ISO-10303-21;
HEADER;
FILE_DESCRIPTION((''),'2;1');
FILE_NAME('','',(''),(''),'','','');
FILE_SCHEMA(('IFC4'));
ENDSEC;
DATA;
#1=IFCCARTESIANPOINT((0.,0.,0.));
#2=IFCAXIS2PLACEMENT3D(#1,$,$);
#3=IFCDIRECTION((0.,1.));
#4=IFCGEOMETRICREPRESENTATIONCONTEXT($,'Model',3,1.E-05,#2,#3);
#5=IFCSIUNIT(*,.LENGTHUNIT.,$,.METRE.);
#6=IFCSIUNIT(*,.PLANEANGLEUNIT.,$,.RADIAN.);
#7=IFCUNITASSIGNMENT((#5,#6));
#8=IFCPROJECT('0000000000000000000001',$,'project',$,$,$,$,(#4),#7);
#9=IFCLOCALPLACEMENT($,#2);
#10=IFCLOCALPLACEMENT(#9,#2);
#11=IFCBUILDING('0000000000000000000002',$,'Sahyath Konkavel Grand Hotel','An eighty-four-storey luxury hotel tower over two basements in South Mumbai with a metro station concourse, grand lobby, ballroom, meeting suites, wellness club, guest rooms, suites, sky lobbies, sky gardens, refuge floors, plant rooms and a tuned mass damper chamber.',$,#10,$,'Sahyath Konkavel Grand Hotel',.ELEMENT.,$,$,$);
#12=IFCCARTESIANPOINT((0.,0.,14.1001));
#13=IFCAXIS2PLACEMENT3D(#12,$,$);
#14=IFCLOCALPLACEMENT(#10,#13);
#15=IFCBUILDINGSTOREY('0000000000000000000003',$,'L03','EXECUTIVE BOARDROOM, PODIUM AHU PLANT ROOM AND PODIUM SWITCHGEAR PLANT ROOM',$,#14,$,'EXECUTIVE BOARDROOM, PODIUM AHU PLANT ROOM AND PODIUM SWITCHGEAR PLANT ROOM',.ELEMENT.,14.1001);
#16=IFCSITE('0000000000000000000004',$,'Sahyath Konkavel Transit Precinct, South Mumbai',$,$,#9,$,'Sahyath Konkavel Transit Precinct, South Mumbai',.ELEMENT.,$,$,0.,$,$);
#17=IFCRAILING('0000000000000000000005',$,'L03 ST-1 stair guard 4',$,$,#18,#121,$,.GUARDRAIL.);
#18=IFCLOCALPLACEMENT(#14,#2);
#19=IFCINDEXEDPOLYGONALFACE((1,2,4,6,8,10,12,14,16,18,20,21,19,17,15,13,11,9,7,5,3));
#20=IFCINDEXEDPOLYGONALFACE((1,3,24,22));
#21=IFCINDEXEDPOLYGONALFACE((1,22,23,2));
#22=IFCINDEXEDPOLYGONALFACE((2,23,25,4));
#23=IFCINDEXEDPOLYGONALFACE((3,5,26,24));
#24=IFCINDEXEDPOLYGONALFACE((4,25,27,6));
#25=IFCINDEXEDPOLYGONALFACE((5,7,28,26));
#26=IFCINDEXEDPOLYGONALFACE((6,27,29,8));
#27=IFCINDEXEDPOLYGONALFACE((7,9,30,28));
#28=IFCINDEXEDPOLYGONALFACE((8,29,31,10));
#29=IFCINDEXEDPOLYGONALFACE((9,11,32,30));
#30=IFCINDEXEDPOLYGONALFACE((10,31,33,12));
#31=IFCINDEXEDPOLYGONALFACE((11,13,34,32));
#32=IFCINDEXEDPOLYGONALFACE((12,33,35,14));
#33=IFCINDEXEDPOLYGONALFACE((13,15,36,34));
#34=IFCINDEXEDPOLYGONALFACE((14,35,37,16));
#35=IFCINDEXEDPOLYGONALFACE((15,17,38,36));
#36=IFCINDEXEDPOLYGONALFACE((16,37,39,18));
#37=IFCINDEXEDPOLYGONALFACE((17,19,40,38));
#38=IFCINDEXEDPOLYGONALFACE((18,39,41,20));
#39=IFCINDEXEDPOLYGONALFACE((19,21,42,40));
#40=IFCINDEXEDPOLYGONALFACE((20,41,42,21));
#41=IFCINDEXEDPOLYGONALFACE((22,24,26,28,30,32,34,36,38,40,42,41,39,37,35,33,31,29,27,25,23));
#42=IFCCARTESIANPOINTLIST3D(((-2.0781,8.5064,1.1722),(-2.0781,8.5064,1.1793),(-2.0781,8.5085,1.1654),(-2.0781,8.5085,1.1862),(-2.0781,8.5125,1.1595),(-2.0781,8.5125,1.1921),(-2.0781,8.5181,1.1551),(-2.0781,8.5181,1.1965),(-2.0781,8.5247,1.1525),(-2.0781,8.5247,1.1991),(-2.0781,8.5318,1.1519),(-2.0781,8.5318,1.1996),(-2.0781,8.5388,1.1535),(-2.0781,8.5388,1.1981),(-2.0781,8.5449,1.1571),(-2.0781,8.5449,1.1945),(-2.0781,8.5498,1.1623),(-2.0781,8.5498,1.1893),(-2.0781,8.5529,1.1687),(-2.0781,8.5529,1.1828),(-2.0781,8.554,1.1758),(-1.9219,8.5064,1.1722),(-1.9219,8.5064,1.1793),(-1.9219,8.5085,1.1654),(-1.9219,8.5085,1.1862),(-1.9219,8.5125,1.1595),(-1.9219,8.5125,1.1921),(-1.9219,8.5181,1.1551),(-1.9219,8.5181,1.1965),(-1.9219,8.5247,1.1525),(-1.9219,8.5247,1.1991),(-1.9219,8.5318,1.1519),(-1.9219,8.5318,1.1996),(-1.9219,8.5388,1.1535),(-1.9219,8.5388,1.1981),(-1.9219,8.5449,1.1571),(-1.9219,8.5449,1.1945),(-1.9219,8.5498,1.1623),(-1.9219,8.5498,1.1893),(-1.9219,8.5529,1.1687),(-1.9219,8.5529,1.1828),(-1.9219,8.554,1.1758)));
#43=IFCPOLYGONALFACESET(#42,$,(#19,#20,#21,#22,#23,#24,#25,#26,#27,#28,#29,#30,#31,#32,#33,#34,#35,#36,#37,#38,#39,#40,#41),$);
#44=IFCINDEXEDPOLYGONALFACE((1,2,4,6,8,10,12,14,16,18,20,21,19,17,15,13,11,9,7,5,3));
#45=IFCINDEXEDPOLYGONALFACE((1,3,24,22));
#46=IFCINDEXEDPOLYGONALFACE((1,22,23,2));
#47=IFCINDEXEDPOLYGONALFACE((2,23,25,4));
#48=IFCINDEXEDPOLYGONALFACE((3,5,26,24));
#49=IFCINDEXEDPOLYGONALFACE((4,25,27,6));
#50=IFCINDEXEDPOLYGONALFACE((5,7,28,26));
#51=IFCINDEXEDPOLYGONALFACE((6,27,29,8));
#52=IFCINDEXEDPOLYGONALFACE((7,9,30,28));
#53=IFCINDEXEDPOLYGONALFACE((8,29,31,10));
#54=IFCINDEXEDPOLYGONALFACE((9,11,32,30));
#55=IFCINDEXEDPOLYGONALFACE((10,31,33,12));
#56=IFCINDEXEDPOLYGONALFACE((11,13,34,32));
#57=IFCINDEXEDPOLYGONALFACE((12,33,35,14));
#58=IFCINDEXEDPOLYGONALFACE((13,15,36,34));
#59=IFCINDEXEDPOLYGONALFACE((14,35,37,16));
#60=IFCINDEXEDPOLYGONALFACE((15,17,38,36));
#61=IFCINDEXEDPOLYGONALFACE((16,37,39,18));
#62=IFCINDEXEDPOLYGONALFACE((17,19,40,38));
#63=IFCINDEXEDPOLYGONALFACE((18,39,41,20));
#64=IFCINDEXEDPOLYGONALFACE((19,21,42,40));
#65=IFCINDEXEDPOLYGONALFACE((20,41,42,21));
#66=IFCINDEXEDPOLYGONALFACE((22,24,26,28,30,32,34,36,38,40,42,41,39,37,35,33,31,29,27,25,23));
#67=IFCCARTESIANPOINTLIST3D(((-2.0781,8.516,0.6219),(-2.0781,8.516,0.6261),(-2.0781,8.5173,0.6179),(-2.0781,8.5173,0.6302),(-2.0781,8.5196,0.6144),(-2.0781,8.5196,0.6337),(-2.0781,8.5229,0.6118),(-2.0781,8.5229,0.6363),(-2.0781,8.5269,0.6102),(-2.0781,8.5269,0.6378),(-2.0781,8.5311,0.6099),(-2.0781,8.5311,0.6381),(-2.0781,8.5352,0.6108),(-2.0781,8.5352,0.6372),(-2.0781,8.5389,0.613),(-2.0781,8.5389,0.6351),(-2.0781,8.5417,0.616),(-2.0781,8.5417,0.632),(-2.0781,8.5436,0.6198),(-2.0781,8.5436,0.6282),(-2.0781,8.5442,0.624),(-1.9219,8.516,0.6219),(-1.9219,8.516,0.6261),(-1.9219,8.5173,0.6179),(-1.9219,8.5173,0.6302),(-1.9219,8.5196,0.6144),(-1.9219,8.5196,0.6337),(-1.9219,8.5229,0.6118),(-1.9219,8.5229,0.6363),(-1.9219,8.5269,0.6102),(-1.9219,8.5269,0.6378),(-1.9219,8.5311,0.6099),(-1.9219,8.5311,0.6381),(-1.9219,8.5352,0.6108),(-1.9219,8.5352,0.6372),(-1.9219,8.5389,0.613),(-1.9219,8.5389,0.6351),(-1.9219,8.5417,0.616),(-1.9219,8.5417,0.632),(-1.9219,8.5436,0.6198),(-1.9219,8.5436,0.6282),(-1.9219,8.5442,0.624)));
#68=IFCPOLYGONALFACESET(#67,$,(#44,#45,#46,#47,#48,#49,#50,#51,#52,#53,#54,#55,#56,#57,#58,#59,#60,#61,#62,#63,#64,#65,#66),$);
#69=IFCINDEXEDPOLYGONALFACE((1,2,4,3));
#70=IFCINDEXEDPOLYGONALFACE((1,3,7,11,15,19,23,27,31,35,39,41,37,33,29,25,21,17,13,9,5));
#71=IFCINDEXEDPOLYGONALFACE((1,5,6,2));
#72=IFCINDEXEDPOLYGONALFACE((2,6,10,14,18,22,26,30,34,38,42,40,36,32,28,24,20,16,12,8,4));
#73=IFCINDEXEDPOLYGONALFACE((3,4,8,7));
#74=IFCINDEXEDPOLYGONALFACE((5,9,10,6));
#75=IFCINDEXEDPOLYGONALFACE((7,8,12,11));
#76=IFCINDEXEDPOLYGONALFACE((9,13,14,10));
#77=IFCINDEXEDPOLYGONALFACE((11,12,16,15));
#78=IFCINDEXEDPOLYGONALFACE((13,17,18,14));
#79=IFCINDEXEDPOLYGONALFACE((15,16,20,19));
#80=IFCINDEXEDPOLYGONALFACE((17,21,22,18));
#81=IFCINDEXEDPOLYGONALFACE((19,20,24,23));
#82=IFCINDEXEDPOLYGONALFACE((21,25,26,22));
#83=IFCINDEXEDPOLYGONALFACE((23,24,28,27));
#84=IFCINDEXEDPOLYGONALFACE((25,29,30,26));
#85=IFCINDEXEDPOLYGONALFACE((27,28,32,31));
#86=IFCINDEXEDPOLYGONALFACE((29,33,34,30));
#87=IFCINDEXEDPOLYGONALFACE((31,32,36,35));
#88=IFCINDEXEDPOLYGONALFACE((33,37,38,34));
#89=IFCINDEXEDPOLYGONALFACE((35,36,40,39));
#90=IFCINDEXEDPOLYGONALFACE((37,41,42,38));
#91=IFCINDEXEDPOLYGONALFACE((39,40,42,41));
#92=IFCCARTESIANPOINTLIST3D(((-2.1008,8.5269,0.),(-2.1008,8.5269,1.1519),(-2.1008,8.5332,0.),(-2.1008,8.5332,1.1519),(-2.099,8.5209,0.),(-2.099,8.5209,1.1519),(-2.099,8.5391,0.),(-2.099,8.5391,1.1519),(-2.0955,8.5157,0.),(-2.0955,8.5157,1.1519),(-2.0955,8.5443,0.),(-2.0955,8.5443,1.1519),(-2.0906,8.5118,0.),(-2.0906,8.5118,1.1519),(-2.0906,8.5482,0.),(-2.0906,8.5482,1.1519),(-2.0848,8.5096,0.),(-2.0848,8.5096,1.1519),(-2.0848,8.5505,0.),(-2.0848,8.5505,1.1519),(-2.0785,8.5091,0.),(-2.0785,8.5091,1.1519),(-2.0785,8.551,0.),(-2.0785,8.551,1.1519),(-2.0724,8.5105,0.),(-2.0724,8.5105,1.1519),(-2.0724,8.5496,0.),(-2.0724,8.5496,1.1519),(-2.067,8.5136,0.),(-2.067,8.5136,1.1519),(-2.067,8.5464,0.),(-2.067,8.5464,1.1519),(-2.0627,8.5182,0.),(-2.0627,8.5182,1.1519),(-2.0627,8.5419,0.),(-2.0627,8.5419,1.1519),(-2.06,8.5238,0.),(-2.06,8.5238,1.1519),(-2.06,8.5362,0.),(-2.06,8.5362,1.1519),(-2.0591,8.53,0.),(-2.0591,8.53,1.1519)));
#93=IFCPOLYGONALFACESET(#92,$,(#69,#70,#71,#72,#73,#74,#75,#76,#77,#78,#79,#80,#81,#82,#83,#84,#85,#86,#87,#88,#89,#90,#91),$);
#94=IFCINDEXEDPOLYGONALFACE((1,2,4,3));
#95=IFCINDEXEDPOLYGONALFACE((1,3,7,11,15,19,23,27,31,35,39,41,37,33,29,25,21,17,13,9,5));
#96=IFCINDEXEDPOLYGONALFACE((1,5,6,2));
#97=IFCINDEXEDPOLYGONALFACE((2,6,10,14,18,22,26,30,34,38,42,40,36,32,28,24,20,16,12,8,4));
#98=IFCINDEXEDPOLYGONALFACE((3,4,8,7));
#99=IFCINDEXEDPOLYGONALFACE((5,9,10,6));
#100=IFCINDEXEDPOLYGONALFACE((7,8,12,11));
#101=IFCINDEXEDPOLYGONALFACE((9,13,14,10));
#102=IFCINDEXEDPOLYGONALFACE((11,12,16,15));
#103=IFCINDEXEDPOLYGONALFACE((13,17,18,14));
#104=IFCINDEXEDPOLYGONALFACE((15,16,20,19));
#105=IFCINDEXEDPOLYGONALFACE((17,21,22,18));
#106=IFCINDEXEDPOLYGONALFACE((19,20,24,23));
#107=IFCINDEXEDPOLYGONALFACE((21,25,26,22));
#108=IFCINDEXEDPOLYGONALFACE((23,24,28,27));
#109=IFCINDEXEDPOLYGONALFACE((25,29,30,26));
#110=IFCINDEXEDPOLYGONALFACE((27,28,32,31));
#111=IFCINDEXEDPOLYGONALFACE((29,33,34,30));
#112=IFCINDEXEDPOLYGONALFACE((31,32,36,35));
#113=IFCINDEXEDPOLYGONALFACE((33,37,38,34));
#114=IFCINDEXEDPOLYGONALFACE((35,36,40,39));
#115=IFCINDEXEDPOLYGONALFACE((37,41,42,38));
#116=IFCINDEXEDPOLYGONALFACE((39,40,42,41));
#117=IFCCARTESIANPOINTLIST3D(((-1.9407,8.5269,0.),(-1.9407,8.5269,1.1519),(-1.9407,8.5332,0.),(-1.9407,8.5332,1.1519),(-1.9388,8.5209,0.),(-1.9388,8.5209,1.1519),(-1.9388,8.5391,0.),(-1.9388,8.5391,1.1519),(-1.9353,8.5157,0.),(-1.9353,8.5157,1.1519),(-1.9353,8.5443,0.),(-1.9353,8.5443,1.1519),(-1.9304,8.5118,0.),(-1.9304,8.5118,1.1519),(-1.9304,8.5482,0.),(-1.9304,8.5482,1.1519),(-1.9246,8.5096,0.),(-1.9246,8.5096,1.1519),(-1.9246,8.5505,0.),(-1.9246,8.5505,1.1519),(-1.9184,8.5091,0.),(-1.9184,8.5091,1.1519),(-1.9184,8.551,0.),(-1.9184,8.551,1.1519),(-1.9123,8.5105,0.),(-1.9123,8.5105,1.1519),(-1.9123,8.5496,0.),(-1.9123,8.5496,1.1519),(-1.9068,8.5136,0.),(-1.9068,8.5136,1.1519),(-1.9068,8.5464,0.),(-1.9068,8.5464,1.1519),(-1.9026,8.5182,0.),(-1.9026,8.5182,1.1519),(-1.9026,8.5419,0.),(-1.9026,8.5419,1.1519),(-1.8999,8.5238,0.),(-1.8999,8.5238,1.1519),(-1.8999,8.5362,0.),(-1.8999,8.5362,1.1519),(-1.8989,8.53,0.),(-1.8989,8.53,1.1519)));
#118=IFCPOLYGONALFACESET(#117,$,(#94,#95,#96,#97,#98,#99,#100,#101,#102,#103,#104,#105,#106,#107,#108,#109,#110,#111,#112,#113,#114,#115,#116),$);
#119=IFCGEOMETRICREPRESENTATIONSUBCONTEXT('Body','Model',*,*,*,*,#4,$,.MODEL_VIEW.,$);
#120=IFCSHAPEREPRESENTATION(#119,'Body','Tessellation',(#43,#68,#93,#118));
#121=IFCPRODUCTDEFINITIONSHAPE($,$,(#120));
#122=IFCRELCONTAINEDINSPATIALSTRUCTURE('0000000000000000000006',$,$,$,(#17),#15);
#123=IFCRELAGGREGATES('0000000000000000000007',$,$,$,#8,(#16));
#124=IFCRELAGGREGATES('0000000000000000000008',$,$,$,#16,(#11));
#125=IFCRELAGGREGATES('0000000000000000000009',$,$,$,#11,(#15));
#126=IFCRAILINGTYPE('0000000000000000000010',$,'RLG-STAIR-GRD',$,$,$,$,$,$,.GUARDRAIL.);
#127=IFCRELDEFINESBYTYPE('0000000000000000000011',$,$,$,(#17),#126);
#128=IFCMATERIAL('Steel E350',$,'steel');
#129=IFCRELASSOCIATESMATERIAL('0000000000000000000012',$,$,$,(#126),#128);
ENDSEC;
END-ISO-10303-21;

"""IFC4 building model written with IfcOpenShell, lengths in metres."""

from ifc_helpers import new_model, si_unit, direction, frame, origin, origin_2d, place, context, subcontext, project, spatial, circle, extrude, material, type_object, element, save


model = new_model("IFC4")

# Units and contexts
model_context = context("Model", 3, precision=1e-05, world=origin(), true_north=direction((0.0, 1.0)))
body_context = subcontext(model_context, "Body", "Model", "MODEL_VIEW")
ifc_project = project(units=[si_unit("LENGTHUNIT", "METRE"), si_unit("PLANEANGLEUNIT", "RADIAN")], contexts=[model_context])

# Site, building, storey
site_placement = place(None, origin())
site = spatial("IfcSite", under=ifc_project, at=site_placement, Name="Sahyath Konkavel Transit Precinct, South Mumbai", LongName="Sahyath Konkavel Transit Precinct, South Mumbai", CompositionType="ELEMENT", RefElevation=0.0)
building_placement = place(site_placement, origin())
building = spatial("IfcBuilding", under=site, at=building_placement, Name="Sahyath Konkavel Grand Hotel", Description="An eighty-four-storey luxury hotel tower over two basements in South Mumbai with a metro station concourse, grand lobby, ballroom, meeting suites, wellness club, guest rooms, suites, sky lobbies, sky gardens, refuge floors, plant rooms and a tuned mass damper chamber.", LongName="Sahyath Konkavel Grand Hotel", CompositionType="ELEMENT")
storey_placement = place(building_placement, frame((0.0, 0.0, 14.1001)))
storey = spatial("IfcBuildingStorey", under=building, at=storey_placement, Name="L03", Description="EXECUTIVE BOARDROOM, PODIUM AHU PLANT ROOM AND PODIUM SWITCHGEAR PLANT ROOM", LongName="EXECUTIVE BOARDROOM, PODIUM AHU PLANT ROOM AND PODIUM SWITCHGEAR PLANT ROOM", CompositionType="ELEMENT", Elevation=14.1001)

# Shared definitions
ifc_material_1 = material(Name="Steel E350", Category="steel")

# Railing
railing_type = type_object("IfcRailingType", Name="RLG-STAIR-GRD", PredefinedType="GUARDRAIL", material=ifc_material_1)
railing_placement = place(storey_placement, frame((-2.0801, 8.53, 0.0)))
element("IfcRailing", 1, at=railing_placement, inside=storey, type_object=railing_type, Name="L03 ST-1 stair guard 4", PredefinedType="GUARDRAIL", context=body_context, shape_type="SweptSolid", body=[
    extrude(circle(Radius=0.0239, at=origin_2d()), frame((0.002, 0.0, 1.1758), z_axis=(1.0, 0.0, 0.0), x_axis=(0.0, 1.0, 0.0)), (0.0, 0.0, 1.0), 0.1562),
    extrude(circle(Radius=0.0142, at=origin_2d()), frame((0.002, 0.0, 0.624), z_axis=(1.0, 0.0, 0.0), x_axis=(0.0, 1.0, 0.0)), (0.0, 0.0, 1.0), 0.1562),
    extrude(circle(Radius=0.021, at=origin_2d()), origin(), (0.0, 0.0, 1.0), 1.1519),
    extrude(circle(Radius=0.021, at=origin_2d()), frame((0.1602, 0.0, 0.0)), (0.0, 0.0, 1.0), 1.1519),
])

save(model, "model.ifc")
